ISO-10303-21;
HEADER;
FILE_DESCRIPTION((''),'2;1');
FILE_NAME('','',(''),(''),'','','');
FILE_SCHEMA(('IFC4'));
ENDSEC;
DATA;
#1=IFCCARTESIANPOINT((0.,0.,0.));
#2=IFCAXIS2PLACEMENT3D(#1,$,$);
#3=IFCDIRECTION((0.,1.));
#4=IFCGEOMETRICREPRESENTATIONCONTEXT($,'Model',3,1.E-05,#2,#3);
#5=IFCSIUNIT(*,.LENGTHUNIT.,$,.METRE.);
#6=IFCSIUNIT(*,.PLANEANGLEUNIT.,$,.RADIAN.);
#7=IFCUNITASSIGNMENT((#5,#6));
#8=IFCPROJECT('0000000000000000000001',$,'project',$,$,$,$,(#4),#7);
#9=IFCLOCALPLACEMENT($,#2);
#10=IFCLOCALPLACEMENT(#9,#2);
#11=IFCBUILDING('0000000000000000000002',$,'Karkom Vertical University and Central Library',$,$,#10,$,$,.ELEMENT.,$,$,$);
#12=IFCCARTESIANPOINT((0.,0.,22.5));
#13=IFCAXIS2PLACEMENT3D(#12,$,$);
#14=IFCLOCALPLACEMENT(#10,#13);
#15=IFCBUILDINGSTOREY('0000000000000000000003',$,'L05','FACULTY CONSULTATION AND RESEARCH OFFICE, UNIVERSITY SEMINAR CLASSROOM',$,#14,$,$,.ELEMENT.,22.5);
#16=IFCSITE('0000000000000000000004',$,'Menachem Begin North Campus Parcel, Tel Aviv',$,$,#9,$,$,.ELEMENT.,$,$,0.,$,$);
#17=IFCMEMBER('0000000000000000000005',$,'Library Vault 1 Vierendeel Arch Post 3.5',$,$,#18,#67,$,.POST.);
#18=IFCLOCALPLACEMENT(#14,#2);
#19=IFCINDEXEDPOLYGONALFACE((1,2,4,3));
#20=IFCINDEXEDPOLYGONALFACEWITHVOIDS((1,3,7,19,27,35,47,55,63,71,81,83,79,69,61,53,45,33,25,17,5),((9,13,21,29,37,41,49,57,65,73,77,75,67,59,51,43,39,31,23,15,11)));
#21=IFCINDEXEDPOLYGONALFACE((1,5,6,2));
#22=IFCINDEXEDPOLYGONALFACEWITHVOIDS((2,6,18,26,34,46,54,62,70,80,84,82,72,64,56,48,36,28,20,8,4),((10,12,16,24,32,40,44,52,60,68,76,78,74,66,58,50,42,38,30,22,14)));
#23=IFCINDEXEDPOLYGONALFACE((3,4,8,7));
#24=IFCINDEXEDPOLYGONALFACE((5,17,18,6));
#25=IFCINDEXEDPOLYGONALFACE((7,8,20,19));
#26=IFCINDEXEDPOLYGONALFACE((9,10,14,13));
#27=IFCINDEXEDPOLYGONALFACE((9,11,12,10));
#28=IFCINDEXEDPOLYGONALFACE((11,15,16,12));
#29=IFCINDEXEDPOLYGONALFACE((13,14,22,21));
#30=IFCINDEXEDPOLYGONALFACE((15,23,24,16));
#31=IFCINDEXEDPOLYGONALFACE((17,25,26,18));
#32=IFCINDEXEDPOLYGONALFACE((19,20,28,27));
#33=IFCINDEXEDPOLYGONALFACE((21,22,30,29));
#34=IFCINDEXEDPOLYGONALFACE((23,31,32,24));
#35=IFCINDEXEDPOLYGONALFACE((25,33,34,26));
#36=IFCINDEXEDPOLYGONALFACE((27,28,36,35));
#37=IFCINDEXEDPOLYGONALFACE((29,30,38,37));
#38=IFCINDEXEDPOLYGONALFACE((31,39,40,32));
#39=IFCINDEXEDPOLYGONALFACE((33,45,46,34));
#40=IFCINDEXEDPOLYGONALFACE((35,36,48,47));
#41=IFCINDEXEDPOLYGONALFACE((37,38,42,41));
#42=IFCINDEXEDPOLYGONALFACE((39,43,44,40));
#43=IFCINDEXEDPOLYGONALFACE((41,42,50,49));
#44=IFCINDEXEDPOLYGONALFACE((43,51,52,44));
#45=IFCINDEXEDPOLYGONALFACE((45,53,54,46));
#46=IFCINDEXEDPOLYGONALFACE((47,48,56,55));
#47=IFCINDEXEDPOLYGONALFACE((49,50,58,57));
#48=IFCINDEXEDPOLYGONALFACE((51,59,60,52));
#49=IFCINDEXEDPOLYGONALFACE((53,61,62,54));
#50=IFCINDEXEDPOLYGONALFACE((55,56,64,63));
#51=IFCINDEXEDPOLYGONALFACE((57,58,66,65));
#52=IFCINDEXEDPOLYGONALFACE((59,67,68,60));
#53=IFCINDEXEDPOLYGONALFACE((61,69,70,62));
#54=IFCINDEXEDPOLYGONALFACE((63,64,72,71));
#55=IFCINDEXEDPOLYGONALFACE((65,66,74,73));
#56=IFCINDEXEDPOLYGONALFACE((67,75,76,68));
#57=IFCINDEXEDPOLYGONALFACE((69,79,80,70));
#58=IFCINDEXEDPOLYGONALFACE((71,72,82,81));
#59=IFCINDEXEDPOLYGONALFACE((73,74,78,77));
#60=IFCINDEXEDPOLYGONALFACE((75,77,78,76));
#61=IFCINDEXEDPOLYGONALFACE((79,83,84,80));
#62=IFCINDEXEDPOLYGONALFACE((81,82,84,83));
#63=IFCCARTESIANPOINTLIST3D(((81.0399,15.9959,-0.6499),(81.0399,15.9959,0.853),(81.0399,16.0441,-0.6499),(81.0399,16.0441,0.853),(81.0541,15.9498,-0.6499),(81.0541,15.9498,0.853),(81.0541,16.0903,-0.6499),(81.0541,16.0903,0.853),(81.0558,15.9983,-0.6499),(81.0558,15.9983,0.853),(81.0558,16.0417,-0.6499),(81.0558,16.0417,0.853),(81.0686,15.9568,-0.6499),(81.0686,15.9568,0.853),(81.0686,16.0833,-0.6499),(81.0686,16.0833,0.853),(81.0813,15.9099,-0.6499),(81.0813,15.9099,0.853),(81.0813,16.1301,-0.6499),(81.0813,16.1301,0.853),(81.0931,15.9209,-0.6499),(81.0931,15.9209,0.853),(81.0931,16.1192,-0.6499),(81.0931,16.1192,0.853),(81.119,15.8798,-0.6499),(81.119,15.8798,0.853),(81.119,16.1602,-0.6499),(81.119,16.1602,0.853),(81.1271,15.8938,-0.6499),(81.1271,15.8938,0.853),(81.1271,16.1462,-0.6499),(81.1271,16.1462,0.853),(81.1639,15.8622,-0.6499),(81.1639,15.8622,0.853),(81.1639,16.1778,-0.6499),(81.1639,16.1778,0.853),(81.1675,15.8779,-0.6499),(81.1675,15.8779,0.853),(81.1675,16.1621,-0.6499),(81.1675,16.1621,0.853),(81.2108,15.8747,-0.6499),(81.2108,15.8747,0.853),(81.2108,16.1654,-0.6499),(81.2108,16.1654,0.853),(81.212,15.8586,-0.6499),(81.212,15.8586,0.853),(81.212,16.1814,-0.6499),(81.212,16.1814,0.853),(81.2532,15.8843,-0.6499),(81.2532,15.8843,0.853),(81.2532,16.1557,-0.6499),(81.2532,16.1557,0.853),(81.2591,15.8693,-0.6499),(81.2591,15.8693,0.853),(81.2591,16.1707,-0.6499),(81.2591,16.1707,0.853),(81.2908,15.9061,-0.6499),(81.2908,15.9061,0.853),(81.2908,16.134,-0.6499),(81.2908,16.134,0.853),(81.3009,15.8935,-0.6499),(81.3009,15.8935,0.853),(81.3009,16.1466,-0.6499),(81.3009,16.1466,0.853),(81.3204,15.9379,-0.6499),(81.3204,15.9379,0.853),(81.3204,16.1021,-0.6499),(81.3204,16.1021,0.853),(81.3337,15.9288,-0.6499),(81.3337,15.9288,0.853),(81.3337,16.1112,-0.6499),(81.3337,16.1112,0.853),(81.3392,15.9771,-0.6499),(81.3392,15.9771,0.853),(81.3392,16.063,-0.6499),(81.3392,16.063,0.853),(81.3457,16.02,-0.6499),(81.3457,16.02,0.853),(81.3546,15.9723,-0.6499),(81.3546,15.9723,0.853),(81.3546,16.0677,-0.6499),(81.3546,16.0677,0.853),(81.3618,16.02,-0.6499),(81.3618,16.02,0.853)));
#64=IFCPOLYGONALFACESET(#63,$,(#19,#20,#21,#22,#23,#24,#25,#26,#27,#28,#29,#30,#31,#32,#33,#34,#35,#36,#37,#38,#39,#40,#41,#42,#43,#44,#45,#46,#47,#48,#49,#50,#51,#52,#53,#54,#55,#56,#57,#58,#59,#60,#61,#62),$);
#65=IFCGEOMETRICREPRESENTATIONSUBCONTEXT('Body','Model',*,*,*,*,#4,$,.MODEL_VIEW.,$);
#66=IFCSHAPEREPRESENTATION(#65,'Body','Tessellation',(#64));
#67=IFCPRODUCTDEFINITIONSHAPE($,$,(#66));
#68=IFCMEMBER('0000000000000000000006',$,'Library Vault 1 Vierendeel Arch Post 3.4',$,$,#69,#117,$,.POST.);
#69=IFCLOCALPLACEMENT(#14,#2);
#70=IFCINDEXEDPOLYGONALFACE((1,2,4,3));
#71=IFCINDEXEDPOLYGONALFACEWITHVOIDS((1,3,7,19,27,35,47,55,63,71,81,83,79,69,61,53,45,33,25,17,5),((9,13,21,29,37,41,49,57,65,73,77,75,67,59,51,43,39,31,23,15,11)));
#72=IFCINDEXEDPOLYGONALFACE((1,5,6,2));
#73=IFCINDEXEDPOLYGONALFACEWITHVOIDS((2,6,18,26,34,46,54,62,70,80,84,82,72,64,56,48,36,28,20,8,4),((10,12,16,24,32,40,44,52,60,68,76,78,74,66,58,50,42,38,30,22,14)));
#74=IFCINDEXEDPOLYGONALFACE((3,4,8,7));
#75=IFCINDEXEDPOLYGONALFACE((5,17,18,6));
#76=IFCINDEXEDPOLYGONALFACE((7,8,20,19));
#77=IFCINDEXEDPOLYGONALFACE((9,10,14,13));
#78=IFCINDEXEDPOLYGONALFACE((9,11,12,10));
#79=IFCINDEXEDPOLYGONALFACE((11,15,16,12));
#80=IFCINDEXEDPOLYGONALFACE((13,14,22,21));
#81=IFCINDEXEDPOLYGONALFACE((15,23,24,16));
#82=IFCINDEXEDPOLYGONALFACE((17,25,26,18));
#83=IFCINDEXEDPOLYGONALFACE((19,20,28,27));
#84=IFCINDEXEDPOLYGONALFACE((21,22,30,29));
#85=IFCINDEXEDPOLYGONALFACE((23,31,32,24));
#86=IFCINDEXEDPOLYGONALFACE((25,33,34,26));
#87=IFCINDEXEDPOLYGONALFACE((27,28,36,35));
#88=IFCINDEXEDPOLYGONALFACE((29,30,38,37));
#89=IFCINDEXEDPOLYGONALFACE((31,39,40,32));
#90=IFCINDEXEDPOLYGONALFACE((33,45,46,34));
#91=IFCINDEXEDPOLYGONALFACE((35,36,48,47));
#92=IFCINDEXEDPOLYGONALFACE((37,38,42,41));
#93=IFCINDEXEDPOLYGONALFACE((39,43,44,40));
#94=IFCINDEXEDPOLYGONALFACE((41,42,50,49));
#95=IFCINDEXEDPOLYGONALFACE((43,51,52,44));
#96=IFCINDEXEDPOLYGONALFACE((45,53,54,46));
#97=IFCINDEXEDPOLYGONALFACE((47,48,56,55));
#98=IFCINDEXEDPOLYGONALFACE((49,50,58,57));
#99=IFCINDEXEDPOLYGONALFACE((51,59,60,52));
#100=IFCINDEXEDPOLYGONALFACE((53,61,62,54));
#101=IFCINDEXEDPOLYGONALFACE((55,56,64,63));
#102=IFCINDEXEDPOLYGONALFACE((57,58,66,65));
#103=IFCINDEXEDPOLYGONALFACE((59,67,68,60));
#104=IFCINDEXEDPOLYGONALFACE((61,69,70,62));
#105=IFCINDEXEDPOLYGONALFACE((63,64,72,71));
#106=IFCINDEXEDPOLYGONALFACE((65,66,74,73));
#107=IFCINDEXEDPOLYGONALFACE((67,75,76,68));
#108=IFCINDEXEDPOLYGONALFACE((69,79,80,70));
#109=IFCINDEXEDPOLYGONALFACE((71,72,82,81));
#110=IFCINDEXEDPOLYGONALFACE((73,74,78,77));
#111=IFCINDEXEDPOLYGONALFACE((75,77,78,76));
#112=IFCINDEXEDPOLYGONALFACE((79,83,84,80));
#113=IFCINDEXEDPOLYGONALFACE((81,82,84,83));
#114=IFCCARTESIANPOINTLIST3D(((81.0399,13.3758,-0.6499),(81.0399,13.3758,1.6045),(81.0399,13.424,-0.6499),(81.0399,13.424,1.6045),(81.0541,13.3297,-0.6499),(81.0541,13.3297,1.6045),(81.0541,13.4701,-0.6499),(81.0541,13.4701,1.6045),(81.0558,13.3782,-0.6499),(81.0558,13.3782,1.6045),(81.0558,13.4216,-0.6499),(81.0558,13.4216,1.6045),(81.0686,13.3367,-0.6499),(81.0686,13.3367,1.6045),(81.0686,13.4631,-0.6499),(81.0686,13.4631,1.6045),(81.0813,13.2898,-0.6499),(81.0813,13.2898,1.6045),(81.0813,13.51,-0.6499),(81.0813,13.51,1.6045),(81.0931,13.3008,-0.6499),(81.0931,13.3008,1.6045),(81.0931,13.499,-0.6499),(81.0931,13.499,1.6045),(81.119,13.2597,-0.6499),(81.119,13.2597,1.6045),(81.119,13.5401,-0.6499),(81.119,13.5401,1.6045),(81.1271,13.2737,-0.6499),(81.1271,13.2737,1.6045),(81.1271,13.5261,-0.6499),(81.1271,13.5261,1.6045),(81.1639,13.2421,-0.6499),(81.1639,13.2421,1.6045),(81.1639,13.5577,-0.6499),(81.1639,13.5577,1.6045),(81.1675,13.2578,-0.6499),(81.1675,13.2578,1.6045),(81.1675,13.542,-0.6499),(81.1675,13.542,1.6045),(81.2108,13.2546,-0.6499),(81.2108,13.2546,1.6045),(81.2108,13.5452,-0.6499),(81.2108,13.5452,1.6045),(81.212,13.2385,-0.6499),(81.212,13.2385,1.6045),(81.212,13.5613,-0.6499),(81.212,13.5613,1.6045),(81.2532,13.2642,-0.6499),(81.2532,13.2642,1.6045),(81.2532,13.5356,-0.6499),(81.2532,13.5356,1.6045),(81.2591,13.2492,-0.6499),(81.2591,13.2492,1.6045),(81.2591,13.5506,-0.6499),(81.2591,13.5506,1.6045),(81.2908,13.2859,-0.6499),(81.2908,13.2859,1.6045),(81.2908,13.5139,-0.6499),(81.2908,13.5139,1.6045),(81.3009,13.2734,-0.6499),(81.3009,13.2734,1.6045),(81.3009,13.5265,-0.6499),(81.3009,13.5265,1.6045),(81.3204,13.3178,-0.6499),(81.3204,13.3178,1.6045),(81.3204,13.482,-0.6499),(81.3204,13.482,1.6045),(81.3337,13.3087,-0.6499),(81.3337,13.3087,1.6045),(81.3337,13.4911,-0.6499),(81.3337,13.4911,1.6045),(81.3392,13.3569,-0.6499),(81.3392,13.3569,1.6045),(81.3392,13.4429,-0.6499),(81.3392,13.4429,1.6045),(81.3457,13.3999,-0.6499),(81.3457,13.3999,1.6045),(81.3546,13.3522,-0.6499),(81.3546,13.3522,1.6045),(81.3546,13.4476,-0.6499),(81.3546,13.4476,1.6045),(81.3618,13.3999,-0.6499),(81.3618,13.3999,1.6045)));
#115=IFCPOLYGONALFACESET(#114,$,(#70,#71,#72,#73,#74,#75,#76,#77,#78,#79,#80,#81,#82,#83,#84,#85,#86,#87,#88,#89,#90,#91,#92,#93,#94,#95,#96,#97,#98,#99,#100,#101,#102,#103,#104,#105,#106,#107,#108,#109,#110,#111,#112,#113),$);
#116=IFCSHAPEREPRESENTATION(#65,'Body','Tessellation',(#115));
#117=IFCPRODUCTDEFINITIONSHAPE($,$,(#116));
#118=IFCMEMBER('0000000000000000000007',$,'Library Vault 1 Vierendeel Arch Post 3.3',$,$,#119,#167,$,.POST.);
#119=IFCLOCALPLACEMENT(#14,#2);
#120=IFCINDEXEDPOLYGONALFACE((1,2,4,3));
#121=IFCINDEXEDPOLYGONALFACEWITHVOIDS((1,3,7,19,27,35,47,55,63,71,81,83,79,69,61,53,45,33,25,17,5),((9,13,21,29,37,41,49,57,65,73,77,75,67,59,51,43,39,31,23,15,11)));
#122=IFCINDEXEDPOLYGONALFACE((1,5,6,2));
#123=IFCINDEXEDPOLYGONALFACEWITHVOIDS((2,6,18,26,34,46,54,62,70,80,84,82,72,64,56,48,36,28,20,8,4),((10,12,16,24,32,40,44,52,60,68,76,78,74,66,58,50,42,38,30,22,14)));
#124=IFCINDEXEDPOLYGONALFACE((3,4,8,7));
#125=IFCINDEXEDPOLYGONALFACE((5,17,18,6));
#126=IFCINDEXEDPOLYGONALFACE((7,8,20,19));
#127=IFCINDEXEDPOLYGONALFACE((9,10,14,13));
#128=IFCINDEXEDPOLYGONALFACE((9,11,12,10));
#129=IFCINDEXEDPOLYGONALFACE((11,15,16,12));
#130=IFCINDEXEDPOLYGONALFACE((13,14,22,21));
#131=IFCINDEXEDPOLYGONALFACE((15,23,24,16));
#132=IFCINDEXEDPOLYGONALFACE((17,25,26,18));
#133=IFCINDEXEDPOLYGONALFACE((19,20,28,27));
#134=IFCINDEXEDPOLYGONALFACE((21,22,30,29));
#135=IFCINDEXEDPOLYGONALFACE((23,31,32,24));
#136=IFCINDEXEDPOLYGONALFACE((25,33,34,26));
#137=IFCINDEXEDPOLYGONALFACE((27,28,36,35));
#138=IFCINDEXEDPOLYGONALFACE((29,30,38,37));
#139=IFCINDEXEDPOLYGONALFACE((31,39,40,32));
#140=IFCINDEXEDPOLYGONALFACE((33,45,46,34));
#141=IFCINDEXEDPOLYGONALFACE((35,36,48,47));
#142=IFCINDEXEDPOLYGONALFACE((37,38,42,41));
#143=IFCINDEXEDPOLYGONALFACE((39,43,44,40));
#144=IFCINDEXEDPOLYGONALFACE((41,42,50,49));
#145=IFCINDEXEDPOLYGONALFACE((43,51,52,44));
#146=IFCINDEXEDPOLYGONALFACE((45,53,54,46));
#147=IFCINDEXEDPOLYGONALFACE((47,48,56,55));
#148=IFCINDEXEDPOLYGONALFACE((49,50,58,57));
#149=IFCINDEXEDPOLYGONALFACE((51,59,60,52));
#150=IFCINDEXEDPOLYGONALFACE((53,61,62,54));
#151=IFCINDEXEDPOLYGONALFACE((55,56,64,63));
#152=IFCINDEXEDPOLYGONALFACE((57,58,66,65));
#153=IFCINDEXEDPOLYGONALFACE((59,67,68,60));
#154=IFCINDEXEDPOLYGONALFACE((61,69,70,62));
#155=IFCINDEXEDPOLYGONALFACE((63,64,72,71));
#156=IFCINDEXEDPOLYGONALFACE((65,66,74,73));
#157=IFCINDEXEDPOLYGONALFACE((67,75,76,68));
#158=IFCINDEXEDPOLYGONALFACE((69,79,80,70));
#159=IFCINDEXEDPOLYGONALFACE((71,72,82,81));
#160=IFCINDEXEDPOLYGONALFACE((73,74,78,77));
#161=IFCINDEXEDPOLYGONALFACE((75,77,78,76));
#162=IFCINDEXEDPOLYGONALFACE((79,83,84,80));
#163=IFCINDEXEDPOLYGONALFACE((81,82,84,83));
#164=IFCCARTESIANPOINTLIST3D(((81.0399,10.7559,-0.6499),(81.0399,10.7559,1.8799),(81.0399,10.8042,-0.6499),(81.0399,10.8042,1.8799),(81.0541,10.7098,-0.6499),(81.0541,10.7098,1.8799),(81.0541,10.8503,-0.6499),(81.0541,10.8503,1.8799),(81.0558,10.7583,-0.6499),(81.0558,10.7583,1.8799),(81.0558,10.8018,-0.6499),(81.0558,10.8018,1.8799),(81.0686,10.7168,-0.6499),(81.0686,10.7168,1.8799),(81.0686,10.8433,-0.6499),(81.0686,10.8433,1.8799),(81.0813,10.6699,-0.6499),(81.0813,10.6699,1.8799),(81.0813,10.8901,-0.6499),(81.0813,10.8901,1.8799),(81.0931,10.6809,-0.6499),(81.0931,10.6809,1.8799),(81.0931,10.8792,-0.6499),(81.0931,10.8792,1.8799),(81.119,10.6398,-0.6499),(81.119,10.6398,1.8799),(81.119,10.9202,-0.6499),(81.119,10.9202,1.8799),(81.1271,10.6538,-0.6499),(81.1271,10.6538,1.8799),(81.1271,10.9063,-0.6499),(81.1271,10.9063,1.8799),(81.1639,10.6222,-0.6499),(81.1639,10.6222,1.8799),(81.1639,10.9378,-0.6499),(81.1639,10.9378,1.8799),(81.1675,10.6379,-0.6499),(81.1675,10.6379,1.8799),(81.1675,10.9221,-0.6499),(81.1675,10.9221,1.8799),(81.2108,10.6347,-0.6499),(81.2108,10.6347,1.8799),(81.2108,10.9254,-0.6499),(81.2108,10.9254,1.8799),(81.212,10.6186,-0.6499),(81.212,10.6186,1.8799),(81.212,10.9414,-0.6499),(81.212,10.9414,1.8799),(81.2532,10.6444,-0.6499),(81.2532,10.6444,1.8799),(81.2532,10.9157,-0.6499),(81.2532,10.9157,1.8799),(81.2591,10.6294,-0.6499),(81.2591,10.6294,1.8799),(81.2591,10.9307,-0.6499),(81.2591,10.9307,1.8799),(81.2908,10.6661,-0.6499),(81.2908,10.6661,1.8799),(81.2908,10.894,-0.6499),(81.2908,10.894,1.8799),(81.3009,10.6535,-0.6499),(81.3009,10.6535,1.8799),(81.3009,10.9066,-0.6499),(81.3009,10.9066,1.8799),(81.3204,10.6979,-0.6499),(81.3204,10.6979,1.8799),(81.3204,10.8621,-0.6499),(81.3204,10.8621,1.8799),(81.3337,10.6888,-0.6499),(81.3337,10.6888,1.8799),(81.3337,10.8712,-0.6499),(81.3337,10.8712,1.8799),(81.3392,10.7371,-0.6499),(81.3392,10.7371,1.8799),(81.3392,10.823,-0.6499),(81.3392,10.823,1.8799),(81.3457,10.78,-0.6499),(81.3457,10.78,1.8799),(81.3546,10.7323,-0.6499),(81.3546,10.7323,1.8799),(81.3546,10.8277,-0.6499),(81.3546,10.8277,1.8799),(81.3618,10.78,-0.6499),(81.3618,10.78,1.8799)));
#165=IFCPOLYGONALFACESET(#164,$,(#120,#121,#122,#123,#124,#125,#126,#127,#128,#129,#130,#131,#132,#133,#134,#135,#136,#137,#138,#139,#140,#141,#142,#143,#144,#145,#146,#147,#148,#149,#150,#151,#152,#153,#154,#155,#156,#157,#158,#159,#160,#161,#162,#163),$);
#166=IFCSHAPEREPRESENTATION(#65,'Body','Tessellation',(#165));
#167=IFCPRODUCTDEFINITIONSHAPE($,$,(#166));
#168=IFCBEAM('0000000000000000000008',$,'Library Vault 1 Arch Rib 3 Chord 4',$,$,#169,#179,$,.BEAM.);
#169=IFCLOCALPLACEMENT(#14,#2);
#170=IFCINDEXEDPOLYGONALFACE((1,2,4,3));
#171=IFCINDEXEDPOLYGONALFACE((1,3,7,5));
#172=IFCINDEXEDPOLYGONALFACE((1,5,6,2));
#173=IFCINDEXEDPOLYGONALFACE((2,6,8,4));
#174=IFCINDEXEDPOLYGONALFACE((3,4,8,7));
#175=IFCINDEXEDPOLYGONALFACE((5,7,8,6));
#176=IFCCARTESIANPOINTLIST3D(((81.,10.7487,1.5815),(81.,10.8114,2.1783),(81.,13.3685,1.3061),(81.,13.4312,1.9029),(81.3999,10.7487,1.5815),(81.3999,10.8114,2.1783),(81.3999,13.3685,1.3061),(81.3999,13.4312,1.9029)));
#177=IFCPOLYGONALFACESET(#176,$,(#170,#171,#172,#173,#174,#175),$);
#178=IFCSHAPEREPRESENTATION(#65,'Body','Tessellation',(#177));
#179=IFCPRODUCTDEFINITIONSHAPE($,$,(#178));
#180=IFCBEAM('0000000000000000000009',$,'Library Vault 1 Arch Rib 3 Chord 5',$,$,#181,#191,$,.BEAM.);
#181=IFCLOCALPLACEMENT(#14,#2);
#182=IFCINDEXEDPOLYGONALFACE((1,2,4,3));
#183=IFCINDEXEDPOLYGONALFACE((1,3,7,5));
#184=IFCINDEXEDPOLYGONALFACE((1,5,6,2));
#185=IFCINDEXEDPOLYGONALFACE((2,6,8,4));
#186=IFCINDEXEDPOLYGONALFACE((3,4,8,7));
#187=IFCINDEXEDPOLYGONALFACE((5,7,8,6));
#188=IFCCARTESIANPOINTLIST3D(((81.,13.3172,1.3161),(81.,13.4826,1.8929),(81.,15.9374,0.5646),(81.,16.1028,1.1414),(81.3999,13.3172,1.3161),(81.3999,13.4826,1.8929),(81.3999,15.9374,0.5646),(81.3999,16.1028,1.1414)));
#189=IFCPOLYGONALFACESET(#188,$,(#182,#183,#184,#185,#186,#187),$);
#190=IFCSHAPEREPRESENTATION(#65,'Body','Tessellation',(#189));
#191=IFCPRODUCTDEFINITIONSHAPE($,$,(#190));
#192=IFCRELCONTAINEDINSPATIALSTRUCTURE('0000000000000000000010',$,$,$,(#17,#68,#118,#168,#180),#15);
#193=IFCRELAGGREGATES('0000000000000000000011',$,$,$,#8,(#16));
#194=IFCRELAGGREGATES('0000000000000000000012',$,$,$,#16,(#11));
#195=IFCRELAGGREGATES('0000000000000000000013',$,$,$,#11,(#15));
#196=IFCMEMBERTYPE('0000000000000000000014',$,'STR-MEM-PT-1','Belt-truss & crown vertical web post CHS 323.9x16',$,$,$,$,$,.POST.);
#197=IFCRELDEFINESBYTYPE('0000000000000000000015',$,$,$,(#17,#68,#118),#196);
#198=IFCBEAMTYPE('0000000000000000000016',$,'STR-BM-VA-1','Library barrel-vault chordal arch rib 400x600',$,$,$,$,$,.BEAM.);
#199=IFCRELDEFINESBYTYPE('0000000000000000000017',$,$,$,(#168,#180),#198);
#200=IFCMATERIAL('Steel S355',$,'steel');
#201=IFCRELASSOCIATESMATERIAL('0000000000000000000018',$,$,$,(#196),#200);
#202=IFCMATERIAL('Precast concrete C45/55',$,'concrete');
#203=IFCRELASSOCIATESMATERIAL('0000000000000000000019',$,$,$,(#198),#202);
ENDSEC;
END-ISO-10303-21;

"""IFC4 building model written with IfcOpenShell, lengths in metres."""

from ifc_helpers import new_model, si_unit, direction, frame, origin, origin_with_axes, origin_2d, place, context, subcontext, project, spatial, rectangle, hollow_circle, extrude, source, transform, mapped, material, material_profile, profile_set, type_object, element, save


model = new_model("IFC4")

# Units and contexts
model_context = context("Model", 3, precision=1e-05, world=origin(), true_north=direction((0.0, 1.0)))
body_context = subcontext(model_context, "Body", "Model", "MODEL_VIEW")
ifc_project = project(units=[si_unit("LENGTHUNIT", "METRE"), si_unit("PLANEANGLEUNIT", "RADIAN")], contexts=[model_context])

# Site, building, storey
site_placement = place(None, origin())
site = spatial("IfcSite", under=ifc_project, at=site_placement, Name="Menachem Begin North Campus Parcel, Tel Aviv", CompositionType="ELEMENT", RefElevation=0.0)
building_placement = place(site_placement, origin())
building = spatial("IfcBuilding", under=site, at=building_placement, Name="Karkom Vertical University and Central Library", CompositionType="ELEMENT")
storey_placement = place(building_placement, frame((0.0, 0.0, 22.5)))
storey = spatial("IfcBuildingStorey", under=building, at=storey_placement, Name="L05", Description="FACULTY CONSULTATION AND RESEARCH OFFICE, UNIVERSITY SEMINAR CLASSROOM", CompositionType="ELEMENT", Elevation=22.5)

# Members
ifc_material_1 = material(Name="Steel S355", Category="steel")
ifc_material_profile_1 = material_profile(ifc_material_1, hollow_circle(Radius=0.1619, WallThickness=0.0161, at=origin_2d()), Name="CHS 323.9x16")
ifc_profile_set_1 = profile_set([ifc_material_profile_1], Name="Steel S355")
member_type = type_object("IfcMemberType", Name="STR-MEM-PT-1", Description="Belt-truss & crown vertical web post CHS 323.9x16", PredefinedType="POST", material=ifc_profile_set_1)
shared_shape_1 = source(origin_with_axes(), body_context, "Body", "SweptSolid", [
    extrude(hollow_circle(Radius=0.1619, WallThickness=0.0161, at=origin_2d()), origin(), (0.0, 0.0, 1.0), 1.5029),
])
member_1_placement = place(storey_placement, frame((81.2, 16.02, -0.6499), z_axis=(0.0, 0.0, 1.0), x_axis=(1.0, 0.0, 0.0)))
element("IfcMember", 1, at=member_1_placement, inside=storey, type_object=member_type, Name="Library Vault 1 Vierendeel Arch Post 3.5", PredefinedType="POST", context=body_context, shape_type="MappedRepresentation", body=[
    mapped(shared_shape_1, transform((0.0, 0.0, 0.0), scale=1.0)),
])
shared_shape_2 = source(origin_with_axes(), body_context, "Body", "SweptSolid", [
    extrude(hollow_circle(Radius=0.1619, WallThickness=0.0161, at=origin_2d()), origin(), (0.0, 0.0, 1.0), 2.2544),
])
member_2_placement = place(storey_placement, frame((81.2, 13.3999, -0.6499), z_axis=(0.0, 0.0, 1.0), x_axis=(1.0, 0.0, 0.0)))
element("IfcMember", 2, at=member_2_placement, inside=storey, type_object=member_type, Name="Library Vault 1 Vierendeel Arch Post 3.4", PredefinedType="POST", context=body_context, shape_type="MappedRepresentation", body=[
    mapped(shared_shape_2, transform((0.0, 0.0, 0.0), scale=1.0)),
])
shared_shape_3 = source(origin_with_axes(), body_context, "Body", "SweptSolid", [
    extrude(hollow_circle(Radius=0.1619, WallThickness=0.0161, at=origin_2d()), origin(), (0.0, 0.0, 1.0), 2.5298),
])
member_3_placement = place(storey_placement, frame((81.2, 10.78, -0.6499), z_axis=(0.0, 0.0, 1.0), x_axis=(1.0, 0.0, 0.0)))
element("IfcMember", 3, at=member_3_placement, inside=storey, type_object=member_type, Name="Library Vault 1 Vierendeel Arch Post 3.3", PredefinedType="POST", context=body_context, shape_type="MappedRepresentation", body=[
    mapped(shared_shape_3, transform((0.0, 0.0, 0.0), scale=1.0)),
])

# Beams
ifc_material_2 = material(Name="Precast concrete C45/55", Category="concrete")
ifc_material_profile_2 = material_profile(ifc_material_2, rectangle(XDim=0.3999, YDim=0.6001, at=origin_2d()), Name="RCB-400x600")
ifc_profile_set_2 = profile_set([ifc_material_profile_2], Name="Precast concrete C45/55")
beam_type = type_object("IfcBeamType", Name="STR-BM-VA-1", Description="Library barrel-vault chordal arch rib 400x600", PredefinedType="BEAM", material=ifc_profile_set_2)
shared_shape_4 = source(origin_with_axes(), body_context, "Body", "SweptSolid", [
    extrude(rectangle(XDim=0.3999, YDim=0.6001, at=origin_2d()), origin(), (0.0, 0.0, 1.0), 2.6343),
])
beam_1_placement = place(storey_placement, frame((81.2, 10.78, 1.8799), z_axis=(0.0, 0.994521, -0.10454), x_axis=(-1.0, 0.0, 0.0)))
element("IfcBeam", 4, at=beam_1_placement, inside=storey, type_object=beam_type, Name="Library Vault 1 Arch Rib 3 Chord 4", PredefinedType="BEAM", context=body_context, shape_type="MappedRepresentation", body=[
    mapped(shared_shape_4, transform((0.0, 0.0, 0.0), scale=1.0)),
])
shared_shape_5 = source(origin_with_axes(), body_context, "Body", "SweptSolid", [
    extrude(rectangle(XDim=0.3999, YDim=0.6001, at=origin_2d()), origin(), (0.0, 0.0, 1.0), 2.7258),
])
beam_2_placement = place(storey_placement, frame((81.2, 13.3999, 1.6045), z_axis=(0.0, 0.961246, -0.275691), x_axis=(-1.0, 0.0, 0.0)))
element("IfcBeam", 5, at=beam_2_placement, inside=storey, type_object=beam_type, Name="Library Vault 1 Arch Rib 3 Chord 5", PredefinedType="BEAM", context=body_context, shape_type="MappedRepresentation", body=[
    mapped(shared_shape_5, transform((0.0, 0.0, 0.0), scale=1.0)),
])

save(model, "model.ifc")
